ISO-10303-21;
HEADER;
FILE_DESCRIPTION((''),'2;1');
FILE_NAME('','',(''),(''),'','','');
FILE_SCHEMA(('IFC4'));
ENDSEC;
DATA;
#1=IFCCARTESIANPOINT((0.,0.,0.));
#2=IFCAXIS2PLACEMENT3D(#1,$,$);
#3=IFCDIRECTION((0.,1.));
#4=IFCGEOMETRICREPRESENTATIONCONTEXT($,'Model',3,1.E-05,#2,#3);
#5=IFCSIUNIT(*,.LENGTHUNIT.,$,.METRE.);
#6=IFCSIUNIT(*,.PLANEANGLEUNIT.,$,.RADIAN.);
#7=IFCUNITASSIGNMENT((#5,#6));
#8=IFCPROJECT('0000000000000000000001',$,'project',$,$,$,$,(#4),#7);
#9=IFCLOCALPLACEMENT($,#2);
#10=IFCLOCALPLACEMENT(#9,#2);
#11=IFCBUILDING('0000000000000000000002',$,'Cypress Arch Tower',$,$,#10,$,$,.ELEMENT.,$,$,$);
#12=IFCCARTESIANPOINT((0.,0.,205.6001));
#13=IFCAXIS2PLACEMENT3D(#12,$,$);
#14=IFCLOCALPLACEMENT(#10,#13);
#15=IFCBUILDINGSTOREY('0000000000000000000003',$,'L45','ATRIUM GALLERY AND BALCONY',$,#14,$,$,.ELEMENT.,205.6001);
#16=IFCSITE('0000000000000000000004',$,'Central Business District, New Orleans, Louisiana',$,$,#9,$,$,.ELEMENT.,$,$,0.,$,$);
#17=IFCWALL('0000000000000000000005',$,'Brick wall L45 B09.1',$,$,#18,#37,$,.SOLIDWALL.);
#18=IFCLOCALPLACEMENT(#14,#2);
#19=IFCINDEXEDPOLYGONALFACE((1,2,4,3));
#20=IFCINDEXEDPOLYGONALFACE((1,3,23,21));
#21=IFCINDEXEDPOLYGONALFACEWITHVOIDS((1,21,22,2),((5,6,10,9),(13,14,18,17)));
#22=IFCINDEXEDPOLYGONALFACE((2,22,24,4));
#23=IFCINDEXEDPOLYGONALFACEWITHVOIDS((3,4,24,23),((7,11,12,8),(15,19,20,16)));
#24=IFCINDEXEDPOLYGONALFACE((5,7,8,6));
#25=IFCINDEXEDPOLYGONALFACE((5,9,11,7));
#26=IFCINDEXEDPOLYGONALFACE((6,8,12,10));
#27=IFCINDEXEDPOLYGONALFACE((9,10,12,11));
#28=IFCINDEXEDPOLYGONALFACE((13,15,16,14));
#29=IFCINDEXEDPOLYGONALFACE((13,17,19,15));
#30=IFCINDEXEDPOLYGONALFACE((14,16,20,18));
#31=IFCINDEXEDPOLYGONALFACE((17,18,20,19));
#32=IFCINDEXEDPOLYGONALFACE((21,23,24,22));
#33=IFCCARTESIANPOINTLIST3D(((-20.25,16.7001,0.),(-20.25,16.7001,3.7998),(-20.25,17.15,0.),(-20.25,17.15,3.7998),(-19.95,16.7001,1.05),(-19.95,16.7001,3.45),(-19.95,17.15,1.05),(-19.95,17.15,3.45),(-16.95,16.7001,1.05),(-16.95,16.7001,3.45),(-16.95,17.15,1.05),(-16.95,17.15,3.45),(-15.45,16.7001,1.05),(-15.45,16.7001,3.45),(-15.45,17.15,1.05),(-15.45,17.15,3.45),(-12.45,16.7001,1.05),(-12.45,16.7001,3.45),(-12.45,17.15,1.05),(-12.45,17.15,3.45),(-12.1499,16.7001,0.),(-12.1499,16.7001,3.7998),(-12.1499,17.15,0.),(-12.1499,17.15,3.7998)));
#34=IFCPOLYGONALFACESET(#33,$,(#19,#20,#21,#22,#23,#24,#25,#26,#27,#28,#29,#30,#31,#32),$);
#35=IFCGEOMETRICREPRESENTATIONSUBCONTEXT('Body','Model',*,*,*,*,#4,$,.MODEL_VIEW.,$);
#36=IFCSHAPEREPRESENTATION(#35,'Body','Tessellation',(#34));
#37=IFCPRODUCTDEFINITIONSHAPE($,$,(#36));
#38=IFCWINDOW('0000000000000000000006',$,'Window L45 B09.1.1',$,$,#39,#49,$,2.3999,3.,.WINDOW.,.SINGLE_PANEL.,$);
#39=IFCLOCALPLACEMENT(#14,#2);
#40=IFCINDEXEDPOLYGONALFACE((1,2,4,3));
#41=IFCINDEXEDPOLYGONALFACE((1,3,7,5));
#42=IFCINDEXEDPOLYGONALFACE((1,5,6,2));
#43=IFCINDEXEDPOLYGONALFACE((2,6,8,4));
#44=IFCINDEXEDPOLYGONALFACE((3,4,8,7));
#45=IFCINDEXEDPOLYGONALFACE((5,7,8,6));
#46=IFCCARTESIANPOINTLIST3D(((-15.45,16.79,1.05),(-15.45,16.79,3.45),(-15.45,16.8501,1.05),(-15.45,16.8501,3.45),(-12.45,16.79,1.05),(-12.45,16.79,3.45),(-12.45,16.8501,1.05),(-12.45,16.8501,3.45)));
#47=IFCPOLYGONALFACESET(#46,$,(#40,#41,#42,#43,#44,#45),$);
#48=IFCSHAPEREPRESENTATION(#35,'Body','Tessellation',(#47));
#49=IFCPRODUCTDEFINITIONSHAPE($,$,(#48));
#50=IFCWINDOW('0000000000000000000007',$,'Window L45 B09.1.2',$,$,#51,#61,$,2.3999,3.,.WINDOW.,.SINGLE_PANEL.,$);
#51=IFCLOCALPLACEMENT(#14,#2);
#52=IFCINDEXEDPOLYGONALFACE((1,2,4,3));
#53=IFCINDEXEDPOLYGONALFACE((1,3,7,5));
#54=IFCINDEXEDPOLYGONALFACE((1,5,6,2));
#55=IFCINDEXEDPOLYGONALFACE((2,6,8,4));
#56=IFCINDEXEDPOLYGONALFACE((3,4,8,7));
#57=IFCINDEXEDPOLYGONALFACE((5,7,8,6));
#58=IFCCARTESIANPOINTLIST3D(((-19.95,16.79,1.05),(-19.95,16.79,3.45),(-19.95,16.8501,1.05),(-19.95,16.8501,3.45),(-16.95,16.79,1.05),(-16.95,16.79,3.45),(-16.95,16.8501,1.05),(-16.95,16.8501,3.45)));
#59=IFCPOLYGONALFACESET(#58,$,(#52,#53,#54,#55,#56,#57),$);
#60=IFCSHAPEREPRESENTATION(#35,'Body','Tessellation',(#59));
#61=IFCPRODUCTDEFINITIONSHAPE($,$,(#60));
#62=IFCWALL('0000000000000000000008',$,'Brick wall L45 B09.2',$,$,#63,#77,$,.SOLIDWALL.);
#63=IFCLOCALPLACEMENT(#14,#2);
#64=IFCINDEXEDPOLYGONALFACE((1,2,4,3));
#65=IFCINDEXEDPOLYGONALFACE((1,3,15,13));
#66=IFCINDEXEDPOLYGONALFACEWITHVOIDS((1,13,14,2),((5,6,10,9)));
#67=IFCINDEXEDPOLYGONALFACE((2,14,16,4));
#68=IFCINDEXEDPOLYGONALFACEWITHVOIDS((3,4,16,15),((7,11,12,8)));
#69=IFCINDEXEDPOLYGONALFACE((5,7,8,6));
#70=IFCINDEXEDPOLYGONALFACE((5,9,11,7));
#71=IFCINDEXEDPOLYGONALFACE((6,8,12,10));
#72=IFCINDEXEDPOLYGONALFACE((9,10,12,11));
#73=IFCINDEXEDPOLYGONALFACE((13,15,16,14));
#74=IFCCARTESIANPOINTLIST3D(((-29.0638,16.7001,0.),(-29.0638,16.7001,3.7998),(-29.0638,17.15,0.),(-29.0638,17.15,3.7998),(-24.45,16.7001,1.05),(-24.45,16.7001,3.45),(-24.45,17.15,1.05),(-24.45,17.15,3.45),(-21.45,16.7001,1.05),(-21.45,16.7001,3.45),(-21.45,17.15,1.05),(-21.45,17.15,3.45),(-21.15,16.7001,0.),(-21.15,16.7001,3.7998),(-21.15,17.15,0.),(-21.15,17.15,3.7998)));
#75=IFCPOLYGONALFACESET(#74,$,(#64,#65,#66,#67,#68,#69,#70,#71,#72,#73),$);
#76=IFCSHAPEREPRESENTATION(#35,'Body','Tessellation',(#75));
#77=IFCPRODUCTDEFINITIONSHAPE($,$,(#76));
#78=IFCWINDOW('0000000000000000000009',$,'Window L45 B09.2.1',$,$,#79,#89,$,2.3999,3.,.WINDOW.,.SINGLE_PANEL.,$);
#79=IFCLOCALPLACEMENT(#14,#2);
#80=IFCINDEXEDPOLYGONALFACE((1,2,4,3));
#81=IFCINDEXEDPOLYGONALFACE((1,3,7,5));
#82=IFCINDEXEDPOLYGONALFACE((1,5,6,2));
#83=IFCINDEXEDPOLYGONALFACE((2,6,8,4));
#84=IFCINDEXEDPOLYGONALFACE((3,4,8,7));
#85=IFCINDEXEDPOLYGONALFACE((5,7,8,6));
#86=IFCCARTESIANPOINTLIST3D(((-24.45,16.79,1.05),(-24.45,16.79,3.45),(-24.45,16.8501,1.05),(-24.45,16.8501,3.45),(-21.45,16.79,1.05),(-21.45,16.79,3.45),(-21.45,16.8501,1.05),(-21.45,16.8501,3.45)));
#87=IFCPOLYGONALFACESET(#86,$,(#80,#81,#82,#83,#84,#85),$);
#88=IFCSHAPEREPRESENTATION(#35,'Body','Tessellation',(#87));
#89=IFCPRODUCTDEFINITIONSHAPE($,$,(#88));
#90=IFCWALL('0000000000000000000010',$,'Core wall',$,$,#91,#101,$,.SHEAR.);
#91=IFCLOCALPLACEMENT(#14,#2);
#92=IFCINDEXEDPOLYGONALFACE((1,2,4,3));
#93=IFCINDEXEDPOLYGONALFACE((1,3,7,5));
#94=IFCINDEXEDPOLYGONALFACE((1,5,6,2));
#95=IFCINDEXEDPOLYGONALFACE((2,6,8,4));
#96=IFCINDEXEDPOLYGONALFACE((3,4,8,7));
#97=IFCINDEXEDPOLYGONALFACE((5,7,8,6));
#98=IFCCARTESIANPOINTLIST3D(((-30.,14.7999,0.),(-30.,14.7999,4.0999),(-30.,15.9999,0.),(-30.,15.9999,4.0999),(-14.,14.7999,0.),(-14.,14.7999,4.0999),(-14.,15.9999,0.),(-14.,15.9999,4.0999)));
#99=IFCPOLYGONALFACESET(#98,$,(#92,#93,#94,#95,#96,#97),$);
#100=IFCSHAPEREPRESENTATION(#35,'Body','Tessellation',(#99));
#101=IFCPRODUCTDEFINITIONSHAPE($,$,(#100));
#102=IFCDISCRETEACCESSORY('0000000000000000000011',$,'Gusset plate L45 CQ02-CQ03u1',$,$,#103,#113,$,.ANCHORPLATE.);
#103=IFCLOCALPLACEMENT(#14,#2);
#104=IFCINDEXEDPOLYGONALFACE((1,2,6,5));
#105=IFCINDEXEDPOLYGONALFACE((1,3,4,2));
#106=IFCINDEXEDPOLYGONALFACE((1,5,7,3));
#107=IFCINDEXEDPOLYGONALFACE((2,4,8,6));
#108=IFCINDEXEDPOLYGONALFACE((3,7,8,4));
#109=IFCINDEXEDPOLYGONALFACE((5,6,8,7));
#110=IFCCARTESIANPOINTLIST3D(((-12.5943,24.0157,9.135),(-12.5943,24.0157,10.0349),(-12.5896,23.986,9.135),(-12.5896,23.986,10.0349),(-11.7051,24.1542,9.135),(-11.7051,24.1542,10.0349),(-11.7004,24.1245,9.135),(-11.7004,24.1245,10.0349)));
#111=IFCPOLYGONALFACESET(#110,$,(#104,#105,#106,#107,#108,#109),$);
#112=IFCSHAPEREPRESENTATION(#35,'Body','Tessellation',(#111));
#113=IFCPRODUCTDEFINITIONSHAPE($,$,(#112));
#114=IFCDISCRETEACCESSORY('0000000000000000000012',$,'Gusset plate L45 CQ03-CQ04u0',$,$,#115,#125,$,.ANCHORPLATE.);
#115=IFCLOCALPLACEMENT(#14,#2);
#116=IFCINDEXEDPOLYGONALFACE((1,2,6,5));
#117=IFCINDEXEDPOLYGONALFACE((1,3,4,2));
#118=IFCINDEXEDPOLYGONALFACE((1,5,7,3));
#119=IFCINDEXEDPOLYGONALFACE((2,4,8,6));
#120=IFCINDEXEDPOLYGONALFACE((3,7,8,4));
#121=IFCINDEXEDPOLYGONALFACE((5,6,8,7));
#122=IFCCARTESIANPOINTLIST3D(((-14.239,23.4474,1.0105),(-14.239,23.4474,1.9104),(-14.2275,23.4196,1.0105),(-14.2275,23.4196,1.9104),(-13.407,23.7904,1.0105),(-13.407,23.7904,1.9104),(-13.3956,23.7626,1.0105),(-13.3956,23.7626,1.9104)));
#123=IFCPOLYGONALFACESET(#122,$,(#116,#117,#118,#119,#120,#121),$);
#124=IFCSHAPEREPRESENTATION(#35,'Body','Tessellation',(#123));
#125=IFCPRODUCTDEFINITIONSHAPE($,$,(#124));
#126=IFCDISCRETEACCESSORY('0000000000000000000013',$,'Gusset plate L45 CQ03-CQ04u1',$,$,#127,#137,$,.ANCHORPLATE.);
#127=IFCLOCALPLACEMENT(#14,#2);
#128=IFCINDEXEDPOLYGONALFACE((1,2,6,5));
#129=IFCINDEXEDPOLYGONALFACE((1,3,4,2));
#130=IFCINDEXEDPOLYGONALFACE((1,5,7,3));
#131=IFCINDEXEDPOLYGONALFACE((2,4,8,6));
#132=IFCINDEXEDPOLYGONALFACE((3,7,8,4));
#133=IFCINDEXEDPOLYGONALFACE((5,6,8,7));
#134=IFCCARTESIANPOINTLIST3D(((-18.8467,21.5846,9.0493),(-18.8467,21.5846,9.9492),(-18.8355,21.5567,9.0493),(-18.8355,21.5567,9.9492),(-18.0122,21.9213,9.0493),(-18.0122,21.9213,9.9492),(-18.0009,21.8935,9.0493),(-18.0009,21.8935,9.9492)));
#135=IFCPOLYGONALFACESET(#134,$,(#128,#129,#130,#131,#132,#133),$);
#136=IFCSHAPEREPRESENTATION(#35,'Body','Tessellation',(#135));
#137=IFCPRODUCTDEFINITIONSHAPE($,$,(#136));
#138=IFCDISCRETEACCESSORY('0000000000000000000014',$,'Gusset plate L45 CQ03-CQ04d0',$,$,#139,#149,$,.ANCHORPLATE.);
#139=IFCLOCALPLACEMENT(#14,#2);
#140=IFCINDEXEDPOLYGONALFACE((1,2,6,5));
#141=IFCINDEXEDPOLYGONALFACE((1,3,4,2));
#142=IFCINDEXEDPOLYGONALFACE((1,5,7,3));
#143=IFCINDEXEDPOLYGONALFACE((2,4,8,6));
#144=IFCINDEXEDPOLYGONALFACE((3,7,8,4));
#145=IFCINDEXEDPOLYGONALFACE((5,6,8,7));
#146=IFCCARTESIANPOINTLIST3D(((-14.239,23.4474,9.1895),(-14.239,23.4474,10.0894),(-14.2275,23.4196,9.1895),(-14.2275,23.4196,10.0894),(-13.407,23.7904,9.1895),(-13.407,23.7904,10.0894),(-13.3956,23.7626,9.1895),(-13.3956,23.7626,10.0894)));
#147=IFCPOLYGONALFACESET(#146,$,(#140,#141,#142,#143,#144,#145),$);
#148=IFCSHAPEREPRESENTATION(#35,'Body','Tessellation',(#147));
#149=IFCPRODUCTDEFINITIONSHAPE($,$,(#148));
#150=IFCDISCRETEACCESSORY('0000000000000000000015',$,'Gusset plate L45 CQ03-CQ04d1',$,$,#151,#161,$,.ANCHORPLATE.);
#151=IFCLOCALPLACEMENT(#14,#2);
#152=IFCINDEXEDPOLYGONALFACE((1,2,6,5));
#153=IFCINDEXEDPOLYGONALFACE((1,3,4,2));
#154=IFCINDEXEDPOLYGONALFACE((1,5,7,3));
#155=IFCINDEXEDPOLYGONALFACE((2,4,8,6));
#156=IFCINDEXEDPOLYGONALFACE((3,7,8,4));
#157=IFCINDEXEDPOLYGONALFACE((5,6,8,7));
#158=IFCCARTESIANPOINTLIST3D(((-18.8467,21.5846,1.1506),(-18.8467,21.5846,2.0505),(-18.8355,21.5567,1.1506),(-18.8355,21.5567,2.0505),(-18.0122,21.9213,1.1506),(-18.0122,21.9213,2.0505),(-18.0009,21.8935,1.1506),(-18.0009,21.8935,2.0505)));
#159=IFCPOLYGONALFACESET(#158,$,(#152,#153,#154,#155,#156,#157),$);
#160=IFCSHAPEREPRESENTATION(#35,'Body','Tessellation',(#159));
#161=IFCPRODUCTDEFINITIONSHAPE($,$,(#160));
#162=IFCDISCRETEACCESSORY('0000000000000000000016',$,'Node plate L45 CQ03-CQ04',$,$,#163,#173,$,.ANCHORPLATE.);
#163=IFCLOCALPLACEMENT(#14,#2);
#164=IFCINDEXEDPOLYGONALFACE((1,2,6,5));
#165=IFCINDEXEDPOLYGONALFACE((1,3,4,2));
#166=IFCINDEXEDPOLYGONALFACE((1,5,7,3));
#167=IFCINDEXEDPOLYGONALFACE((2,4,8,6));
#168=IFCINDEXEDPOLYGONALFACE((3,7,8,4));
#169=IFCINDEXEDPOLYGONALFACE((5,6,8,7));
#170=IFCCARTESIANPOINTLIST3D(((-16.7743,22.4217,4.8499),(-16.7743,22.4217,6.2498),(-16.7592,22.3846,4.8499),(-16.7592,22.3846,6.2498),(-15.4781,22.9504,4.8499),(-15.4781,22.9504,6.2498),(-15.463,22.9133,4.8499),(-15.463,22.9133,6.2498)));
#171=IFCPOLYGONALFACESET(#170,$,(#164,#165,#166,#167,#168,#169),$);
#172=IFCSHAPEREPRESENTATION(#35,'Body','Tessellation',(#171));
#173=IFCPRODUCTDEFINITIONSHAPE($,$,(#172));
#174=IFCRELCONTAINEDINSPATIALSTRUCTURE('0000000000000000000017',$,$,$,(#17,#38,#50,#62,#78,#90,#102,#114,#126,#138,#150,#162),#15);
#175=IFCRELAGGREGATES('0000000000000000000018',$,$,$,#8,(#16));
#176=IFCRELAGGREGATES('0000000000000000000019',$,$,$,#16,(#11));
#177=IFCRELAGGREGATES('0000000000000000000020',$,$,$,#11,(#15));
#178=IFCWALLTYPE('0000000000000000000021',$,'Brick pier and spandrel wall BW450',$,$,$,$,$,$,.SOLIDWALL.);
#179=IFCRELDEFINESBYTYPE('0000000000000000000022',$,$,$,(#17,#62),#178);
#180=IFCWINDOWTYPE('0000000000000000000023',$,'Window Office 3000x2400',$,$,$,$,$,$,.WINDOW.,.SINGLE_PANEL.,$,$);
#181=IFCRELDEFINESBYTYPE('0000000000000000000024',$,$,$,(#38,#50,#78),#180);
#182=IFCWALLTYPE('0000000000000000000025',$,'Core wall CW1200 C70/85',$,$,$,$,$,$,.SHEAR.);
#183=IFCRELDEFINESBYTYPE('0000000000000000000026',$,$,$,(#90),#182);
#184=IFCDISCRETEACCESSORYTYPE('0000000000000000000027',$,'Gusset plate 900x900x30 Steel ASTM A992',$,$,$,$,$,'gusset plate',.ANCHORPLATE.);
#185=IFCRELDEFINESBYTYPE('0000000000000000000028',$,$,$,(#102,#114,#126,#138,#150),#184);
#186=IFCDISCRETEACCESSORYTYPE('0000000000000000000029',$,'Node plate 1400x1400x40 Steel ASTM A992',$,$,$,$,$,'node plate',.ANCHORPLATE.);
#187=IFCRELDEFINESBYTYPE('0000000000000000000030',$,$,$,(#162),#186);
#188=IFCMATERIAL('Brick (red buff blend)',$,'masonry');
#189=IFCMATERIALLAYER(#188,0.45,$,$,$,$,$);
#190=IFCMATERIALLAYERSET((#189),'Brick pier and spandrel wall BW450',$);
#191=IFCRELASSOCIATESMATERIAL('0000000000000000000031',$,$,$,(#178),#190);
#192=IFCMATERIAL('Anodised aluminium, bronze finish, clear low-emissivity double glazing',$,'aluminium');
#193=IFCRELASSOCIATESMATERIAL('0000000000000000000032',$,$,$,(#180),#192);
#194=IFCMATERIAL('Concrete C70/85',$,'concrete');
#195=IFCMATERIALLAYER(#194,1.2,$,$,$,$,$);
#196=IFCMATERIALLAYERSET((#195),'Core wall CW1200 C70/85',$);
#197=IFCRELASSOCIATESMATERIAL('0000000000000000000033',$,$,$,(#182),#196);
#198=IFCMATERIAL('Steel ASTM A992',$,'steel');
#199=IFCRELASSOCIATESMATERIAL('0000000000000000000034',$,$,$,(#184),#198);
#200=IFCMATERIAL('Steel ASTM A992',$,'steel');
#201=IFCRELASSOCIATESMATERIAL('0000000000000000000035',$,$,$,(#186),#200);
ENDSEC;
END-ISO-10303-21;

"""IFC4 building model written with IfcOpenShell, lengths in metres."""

from ifc_helpers import new_model, si_unit, direction, frame, frame_2d, origin, origin_2d, place, context, subcontext, project, spatial, rectangle, extrude, material, layer, layer_set, material_profile, profile_set, type_object, element, fill, save


model = new_model("IFC4")

# Units and contexts
model_context = context("Model", 3, precision=1e-05, world=origin(), true_north=direction((0.0, 1.0)))
body_context = subcontext(model_context, "Body", "Model", "MODEL_VIEW")
ifc_project = project(units=[si_unit("LENGTHUNIT", "METRE"), si_unit("PLANEANGLEUNIT", "RADIAN")], contexts=[model_context])

# Site, building, storey
site_placement = place(None, origin())
site = spatial("IfcSite", under=ifc_project, at=site_placement, Name="Central Business District, New Orleans, Louisiana", CompositionType="ELEMENT", RefElevation=0.0)
building_placement = place(site_placement, origin())
building = spatial("IfcBuilding", under=site, at=building_placement, Name="Cypress Arch Tower", CompositionType="ELEMENT")
storey_placement = place(building_placement, frame((0.0, 0.0, 205.6001)))
storey = spatial("IfcBuildingStorey", under=building, at=storey_placement, Name="L45", Description="ATRIUM GALLERY AND BALCONY", CompositionType="ELEMENT", Elevation=205.6001)

# Wall, openings, windows
ifc_material_1 = material(Name="Brick (red buff blend)", Category="masonry")
ifc_layer_1 = layer(ifc_material_1, 0.45)
ifc_layer_set_1 = layer_set([ifc_layer_1], Name="Brick pier and spandrel wall BW450")
wall_type_1 = type_object("IfcWallType", Name="Brick pier and spandrel wall BW450", PredefinedType="SOLIDWALL", material=ifc_layer_set_1)
wall_1_placement = place(storey_placement, frame((-12.1499, 16.925, 0.0), z_axis=(0.0, 0.0, 1.0), x_axis=(-1.0, 0.0, 0.0)))
wall_1 = element("IfcWall", 1, at=wall_1_placement, inside=storey, type_object=wall_type_1, Name="Brick wall L45 B09.1", PredefinedType="SOLIDWALL", context=body_context, shape_type="SweptSolid", body=[
    extrude(rectangle(XDim=8.1001, YDim=0.45, at=frame_2d((4.05, 0.0))), origin(), (0.0, 0.0, 1.0), 3.7998),
])
opening_1_placement = place(wall_1_placement, frame((0.3, 0.0, 1.05)))
opening_1 = element("IfcOpeningElement", 2, at=opening_1_placement, cuts=wall_1, PredefinedType="OPENING", context=body_context, shape_type="SweptSolid", body=[
    extrude(rectangle(XDim=3.0, YDim=2.3999, at=frame_2d((1.5, 1.2))), frame((0.0, 0.2349, 0.0), z_axis=(0.0, -1.0, 0.0), x_axis=(1.0, 0.0, 0.0)), (0.0, 0.0, 1.0), 0.47),
])
opening_2_placement = place(wall_1_placement, frame((4.8, 0.0, 1.05)))
opening_2 = element("IfcOpeningElement", 3, at=opening_2_placement, cuts=wall_1, PredefinedType="OPENING", context=body_context, shape_type="SweptSolid", body=[
    extrude(rectangle(XDim=3.0, YDim=2.3999, at=frame_2d((1.5, 1.2))), frame((0.0, 0.2349, 0.0), z_axis=(0.0, -1.0, 0.0), x_axis=(1.0, 0.0, 0.0)), (0.0, 0.0, 1.0), 0.47),
])
ifc_material_2 = material(Name="Anodised aluminium, bronze finish, clear low-emissivity double glazing", Category="aluminium")
window_type = type_object("IfcWindowType", Name="Window Office 3000x2400", PartitioningType="SINGLE_PANEL", PredefinedType="WINDOW", material=ifc_material_2)
window_1_placement = place(opening_1_placement, origin())
window_1 = element("IfcWindow", 4, at=window_1_placement, inside=storey, type_object=window_type, Name="Window L45 B09.1.1", OverallHeight=2.3999, OverallWidth=3.0, PartitioningType="SINGLE_PANEL", PredefinedType="WINDOW", context=body_context, shape_type="SweptSolid", body=[
    extrude(rectangle(XDim=3.0, YDim=2.3999, at=frame_2d((1.5, 1.2))), frame((0.0, 0.135, 0.0), z_axis=(0.0, -1.0, 0.0), x_axis=(1.0, 0.0, 0.0)), (0.0, 0.0, 1.0), 0.0601),
])
fill(opening_1, window_1)
window_2_placement = place(opening_2_placement, origin())
window_2 = element("IfcWindow", 5, at=window_2_placement, inside=storey, type_object=window_type, Name="Window L45 B09.1.2", OverallHeight=2.3999, OverallWidth=3.0, PartitioningType="SINGLE_PANEL", PredefinedType="WINDOW", context=body_context, shape_type="SweptSolid", body=[
    extrude(rectangle(XDim=3.0, YDim=2.3999, at=frame_2d((1.5, 1.2))), frame((0.0, 0.135, 0.0), z_axis=(0.0, -1.0, 0.0), x_axis=(1.0, 0.0, 0.0)), (0.0, 0.0, 1.0), 0.0601),
])
fill(opening_2, window_2)

# Wall, opening, window
wall_2_placement = place(storey_placement, frame((-21.1499, 16.925, 0.0), z_axis=(0.0, 0.0, 1.0), x_axis=(-1.0, 0.0, 0.0)))
wall_2 = element("IfcWall", 6, at=wall_2_placement, inside=storey, type_object=wall_type_1, Name="Brick wall L45 B09.2", PredefinedType="SOLIDWALL", context=body_context, shape_type="SweptSolid", body=[
    extrude(rectangle(XDim=7.9138, YDim=0.45, at=frame_2d((3.957, 0.0))), origin(), (0.0, 0.0, 1.0), 3.7998),
])
opening_3_placement = place(wall_2_placement, frame((0.3, 0.0, 1.05)))
opening_3 = element("IfcOpeningElement", 7, at=opening_3_placement, cuts=wall_2, PredefinedType="OPENING", context=body_context, shape_type="SweptSolid", body=[
    extrude(rectangle(XDim=3.0, YDim=2.3999, at=frame_2d((1.5, 1.2))), frame((0.0, 0.2349, 0.0), z_axis=(0.0, -1.0, 0.0), x_axis=(1.0, 0.0, 0.0)), (0.0, 0.0, 1.0), 0.47),
])
window_3_placement = place(opening_3_placement, origin())
window_3 = element("IfcWindow", 8, at=window_3_placement, inside=storey, type_object=window_type, Name="Window L45 B09.2.1", OverallHeight=2.3999, OverallWidth=3.0, PartitioningType="SINGLE_PANEL", PredefinedType="WINDOW", context=body_context, shape_type="SweptSolid", body=[
    extrude(rectangle(XDim=3.0, YDim=2.3999, at=frame_2d((1.5, 1.2))), frame((0.0, 0.135, 0.0), z_axis=(0.0, -1.0, 0.0), x_axis=(1.0, 0.0, 0.0)), (0.0, 0.0, 1.0), 0.0601),
])
fill(opening_3, window_3)

# Wall
ifc_material_3 = material(Name="Concrete C70/85", Category="concrete")
ifc_layer_2 = layer(ifc_material_3, 1.2)
ifc_layer_set_2 = layer_set([ifc_layer_2], Name="Core wall CW1200 C70/85")
wall_type_2 = type_object("IfcWallType", Name="Core wall CW1200 C70/85", PredefinedType="SHEAR", material=ifc_layer_set_2)
wall_3_placement = place(storey_placement, frame((-30.0, 15.3999, 0.0), z_axis=(0.0, 0.0, 1.0), x_axis=(1.0, 0.0, 0.0)))
element("IfcWall", 9, at=wall_3_placement, inside=storey, type_object=wall_type_2, Name="Core wall", PredefinedType="SHEAR", context=body_context, shape_type="SweptSolid", body=[
    extrude(rectangle(XDim=16.0, YDim=1.2, at=frame_2d((8.0, 0.0))), origin(), (0.0, 0.0, 1.0), 4.0999),
])

# Discrete accessories
ifc_material_4 = material(Name="Steel ASTM A992", Category="steel")
ifc_material_profile_1 = material_profile(ifc_material_4, rectangle(XDim=0.8999, YDim=0.8999, at=origin_2d()), Name="PL 30 900x900")
ifc_profile_set_1 = profile_set([ifc_material_profile_1], Name="Steel ASTM A992")
discrete_accessory_type_1 = type_object("IfcDiscreteAccessoryType", Name="Gusset plate 900x900x30 Steel ASTM A992", ElementType="gusset plate", PredefinedType="ANCHORPLATE", material=ifc_profile_set_1)
for number, where, z_axis, x_axis, name in (
    (10, (-12.1497, 24.085, 9.585), (0.153883, -0.988089, 0.0), (0.988089, 0.153883, 0.0), "Gusset plate L45 CQ02-CQ03u1"),
    (11, (-13.823, 23.6189, 1.4604), (0.381158, -0.92451, 0.0), (0.92451, 0.381158, 0.0), "Gusset plate L45 CQ03-CQ04u0"),
    (12, (-18.4294, 21.7529, 9.4993), (0.374194, -0.92735, 0.0), (0.92735, 0.374194, 0.0), "Gusset plate L45 CQ03-CQ04u1"),
    (13, (-13.823, 23.6189, 9.6394), (0.381158, -0.92451, 0.0), (0.92451, 0.381158, 0.0), "Gusset plate L45 CQ03-CQ04d0"),
    (14, (-18.4294, 21.7529, 1.6006), (0.374194, -0.92735, 0.0), (0.92735, 0.374194, 0.0), "Gusset plate L45 CQ03-CQ04d1"),
):
    element("IfcDiscreteAccessory", number, at=place(storey_placement, frame(where, z_axis=z_axis, x_axis=x_axis)), inside=storey, type_object=discrete_accessory_type_1, Name=name, PredefinedType="ANCHORPLATE", context=body_context, shape_type="SweptSolid", body=[
        extrude(rectangle(XDim=0.8999, YDim=0.8999, at=origin_2d()), origin(), (0.0, 0.0, 1.0), 0.03),
    ])
ifc_material_5 = material(Name="Steel ASTM A992", Category="steel")
ifc_material_profile_2 = material_profile(ifc_material_5, rectangle(XDim=1.3999, YDim=1.3999, at=origin_2d()), Name="PL 40 1400x1400")
ifc_profile_set_2 = profile_set([ifc_material_profile_2], Name="Steel ASTM A992")
discrete_accessory_type_2 = type_object("IfcDiscreteAccessoryType", Name="Node plate 1400x1400x40 Steel ASTM A992", ElementType="node plate", PredefinedType="ANCHORPLATE", material=ifc_profile_set_2)
discrete_accessory_placement = place(storey_placement, frame((-16.1262, 22.686, 5.5498), z_axis=(0.377684, -0.925935, 0.0), x_axis=(0.925935, 0.377684, 0.0)))
element("IfcDiscreteAccessory", 15, at=discrete_accessory_placement, inside=storey, type_object=discrete_accessory_type_2, Name="Node plate L45 CQ03-CQ04", PredefinedType="ANCHORPLATE", context=body_context, shape_type="SweptSolid", body=[
    extrude(rectangle(XDim=1.3999, YDim=1.3999, at=origin_2d()), origin(), (0.0, 0.0, 1.0), 0.04),
])

save(model, "model.ifc")
